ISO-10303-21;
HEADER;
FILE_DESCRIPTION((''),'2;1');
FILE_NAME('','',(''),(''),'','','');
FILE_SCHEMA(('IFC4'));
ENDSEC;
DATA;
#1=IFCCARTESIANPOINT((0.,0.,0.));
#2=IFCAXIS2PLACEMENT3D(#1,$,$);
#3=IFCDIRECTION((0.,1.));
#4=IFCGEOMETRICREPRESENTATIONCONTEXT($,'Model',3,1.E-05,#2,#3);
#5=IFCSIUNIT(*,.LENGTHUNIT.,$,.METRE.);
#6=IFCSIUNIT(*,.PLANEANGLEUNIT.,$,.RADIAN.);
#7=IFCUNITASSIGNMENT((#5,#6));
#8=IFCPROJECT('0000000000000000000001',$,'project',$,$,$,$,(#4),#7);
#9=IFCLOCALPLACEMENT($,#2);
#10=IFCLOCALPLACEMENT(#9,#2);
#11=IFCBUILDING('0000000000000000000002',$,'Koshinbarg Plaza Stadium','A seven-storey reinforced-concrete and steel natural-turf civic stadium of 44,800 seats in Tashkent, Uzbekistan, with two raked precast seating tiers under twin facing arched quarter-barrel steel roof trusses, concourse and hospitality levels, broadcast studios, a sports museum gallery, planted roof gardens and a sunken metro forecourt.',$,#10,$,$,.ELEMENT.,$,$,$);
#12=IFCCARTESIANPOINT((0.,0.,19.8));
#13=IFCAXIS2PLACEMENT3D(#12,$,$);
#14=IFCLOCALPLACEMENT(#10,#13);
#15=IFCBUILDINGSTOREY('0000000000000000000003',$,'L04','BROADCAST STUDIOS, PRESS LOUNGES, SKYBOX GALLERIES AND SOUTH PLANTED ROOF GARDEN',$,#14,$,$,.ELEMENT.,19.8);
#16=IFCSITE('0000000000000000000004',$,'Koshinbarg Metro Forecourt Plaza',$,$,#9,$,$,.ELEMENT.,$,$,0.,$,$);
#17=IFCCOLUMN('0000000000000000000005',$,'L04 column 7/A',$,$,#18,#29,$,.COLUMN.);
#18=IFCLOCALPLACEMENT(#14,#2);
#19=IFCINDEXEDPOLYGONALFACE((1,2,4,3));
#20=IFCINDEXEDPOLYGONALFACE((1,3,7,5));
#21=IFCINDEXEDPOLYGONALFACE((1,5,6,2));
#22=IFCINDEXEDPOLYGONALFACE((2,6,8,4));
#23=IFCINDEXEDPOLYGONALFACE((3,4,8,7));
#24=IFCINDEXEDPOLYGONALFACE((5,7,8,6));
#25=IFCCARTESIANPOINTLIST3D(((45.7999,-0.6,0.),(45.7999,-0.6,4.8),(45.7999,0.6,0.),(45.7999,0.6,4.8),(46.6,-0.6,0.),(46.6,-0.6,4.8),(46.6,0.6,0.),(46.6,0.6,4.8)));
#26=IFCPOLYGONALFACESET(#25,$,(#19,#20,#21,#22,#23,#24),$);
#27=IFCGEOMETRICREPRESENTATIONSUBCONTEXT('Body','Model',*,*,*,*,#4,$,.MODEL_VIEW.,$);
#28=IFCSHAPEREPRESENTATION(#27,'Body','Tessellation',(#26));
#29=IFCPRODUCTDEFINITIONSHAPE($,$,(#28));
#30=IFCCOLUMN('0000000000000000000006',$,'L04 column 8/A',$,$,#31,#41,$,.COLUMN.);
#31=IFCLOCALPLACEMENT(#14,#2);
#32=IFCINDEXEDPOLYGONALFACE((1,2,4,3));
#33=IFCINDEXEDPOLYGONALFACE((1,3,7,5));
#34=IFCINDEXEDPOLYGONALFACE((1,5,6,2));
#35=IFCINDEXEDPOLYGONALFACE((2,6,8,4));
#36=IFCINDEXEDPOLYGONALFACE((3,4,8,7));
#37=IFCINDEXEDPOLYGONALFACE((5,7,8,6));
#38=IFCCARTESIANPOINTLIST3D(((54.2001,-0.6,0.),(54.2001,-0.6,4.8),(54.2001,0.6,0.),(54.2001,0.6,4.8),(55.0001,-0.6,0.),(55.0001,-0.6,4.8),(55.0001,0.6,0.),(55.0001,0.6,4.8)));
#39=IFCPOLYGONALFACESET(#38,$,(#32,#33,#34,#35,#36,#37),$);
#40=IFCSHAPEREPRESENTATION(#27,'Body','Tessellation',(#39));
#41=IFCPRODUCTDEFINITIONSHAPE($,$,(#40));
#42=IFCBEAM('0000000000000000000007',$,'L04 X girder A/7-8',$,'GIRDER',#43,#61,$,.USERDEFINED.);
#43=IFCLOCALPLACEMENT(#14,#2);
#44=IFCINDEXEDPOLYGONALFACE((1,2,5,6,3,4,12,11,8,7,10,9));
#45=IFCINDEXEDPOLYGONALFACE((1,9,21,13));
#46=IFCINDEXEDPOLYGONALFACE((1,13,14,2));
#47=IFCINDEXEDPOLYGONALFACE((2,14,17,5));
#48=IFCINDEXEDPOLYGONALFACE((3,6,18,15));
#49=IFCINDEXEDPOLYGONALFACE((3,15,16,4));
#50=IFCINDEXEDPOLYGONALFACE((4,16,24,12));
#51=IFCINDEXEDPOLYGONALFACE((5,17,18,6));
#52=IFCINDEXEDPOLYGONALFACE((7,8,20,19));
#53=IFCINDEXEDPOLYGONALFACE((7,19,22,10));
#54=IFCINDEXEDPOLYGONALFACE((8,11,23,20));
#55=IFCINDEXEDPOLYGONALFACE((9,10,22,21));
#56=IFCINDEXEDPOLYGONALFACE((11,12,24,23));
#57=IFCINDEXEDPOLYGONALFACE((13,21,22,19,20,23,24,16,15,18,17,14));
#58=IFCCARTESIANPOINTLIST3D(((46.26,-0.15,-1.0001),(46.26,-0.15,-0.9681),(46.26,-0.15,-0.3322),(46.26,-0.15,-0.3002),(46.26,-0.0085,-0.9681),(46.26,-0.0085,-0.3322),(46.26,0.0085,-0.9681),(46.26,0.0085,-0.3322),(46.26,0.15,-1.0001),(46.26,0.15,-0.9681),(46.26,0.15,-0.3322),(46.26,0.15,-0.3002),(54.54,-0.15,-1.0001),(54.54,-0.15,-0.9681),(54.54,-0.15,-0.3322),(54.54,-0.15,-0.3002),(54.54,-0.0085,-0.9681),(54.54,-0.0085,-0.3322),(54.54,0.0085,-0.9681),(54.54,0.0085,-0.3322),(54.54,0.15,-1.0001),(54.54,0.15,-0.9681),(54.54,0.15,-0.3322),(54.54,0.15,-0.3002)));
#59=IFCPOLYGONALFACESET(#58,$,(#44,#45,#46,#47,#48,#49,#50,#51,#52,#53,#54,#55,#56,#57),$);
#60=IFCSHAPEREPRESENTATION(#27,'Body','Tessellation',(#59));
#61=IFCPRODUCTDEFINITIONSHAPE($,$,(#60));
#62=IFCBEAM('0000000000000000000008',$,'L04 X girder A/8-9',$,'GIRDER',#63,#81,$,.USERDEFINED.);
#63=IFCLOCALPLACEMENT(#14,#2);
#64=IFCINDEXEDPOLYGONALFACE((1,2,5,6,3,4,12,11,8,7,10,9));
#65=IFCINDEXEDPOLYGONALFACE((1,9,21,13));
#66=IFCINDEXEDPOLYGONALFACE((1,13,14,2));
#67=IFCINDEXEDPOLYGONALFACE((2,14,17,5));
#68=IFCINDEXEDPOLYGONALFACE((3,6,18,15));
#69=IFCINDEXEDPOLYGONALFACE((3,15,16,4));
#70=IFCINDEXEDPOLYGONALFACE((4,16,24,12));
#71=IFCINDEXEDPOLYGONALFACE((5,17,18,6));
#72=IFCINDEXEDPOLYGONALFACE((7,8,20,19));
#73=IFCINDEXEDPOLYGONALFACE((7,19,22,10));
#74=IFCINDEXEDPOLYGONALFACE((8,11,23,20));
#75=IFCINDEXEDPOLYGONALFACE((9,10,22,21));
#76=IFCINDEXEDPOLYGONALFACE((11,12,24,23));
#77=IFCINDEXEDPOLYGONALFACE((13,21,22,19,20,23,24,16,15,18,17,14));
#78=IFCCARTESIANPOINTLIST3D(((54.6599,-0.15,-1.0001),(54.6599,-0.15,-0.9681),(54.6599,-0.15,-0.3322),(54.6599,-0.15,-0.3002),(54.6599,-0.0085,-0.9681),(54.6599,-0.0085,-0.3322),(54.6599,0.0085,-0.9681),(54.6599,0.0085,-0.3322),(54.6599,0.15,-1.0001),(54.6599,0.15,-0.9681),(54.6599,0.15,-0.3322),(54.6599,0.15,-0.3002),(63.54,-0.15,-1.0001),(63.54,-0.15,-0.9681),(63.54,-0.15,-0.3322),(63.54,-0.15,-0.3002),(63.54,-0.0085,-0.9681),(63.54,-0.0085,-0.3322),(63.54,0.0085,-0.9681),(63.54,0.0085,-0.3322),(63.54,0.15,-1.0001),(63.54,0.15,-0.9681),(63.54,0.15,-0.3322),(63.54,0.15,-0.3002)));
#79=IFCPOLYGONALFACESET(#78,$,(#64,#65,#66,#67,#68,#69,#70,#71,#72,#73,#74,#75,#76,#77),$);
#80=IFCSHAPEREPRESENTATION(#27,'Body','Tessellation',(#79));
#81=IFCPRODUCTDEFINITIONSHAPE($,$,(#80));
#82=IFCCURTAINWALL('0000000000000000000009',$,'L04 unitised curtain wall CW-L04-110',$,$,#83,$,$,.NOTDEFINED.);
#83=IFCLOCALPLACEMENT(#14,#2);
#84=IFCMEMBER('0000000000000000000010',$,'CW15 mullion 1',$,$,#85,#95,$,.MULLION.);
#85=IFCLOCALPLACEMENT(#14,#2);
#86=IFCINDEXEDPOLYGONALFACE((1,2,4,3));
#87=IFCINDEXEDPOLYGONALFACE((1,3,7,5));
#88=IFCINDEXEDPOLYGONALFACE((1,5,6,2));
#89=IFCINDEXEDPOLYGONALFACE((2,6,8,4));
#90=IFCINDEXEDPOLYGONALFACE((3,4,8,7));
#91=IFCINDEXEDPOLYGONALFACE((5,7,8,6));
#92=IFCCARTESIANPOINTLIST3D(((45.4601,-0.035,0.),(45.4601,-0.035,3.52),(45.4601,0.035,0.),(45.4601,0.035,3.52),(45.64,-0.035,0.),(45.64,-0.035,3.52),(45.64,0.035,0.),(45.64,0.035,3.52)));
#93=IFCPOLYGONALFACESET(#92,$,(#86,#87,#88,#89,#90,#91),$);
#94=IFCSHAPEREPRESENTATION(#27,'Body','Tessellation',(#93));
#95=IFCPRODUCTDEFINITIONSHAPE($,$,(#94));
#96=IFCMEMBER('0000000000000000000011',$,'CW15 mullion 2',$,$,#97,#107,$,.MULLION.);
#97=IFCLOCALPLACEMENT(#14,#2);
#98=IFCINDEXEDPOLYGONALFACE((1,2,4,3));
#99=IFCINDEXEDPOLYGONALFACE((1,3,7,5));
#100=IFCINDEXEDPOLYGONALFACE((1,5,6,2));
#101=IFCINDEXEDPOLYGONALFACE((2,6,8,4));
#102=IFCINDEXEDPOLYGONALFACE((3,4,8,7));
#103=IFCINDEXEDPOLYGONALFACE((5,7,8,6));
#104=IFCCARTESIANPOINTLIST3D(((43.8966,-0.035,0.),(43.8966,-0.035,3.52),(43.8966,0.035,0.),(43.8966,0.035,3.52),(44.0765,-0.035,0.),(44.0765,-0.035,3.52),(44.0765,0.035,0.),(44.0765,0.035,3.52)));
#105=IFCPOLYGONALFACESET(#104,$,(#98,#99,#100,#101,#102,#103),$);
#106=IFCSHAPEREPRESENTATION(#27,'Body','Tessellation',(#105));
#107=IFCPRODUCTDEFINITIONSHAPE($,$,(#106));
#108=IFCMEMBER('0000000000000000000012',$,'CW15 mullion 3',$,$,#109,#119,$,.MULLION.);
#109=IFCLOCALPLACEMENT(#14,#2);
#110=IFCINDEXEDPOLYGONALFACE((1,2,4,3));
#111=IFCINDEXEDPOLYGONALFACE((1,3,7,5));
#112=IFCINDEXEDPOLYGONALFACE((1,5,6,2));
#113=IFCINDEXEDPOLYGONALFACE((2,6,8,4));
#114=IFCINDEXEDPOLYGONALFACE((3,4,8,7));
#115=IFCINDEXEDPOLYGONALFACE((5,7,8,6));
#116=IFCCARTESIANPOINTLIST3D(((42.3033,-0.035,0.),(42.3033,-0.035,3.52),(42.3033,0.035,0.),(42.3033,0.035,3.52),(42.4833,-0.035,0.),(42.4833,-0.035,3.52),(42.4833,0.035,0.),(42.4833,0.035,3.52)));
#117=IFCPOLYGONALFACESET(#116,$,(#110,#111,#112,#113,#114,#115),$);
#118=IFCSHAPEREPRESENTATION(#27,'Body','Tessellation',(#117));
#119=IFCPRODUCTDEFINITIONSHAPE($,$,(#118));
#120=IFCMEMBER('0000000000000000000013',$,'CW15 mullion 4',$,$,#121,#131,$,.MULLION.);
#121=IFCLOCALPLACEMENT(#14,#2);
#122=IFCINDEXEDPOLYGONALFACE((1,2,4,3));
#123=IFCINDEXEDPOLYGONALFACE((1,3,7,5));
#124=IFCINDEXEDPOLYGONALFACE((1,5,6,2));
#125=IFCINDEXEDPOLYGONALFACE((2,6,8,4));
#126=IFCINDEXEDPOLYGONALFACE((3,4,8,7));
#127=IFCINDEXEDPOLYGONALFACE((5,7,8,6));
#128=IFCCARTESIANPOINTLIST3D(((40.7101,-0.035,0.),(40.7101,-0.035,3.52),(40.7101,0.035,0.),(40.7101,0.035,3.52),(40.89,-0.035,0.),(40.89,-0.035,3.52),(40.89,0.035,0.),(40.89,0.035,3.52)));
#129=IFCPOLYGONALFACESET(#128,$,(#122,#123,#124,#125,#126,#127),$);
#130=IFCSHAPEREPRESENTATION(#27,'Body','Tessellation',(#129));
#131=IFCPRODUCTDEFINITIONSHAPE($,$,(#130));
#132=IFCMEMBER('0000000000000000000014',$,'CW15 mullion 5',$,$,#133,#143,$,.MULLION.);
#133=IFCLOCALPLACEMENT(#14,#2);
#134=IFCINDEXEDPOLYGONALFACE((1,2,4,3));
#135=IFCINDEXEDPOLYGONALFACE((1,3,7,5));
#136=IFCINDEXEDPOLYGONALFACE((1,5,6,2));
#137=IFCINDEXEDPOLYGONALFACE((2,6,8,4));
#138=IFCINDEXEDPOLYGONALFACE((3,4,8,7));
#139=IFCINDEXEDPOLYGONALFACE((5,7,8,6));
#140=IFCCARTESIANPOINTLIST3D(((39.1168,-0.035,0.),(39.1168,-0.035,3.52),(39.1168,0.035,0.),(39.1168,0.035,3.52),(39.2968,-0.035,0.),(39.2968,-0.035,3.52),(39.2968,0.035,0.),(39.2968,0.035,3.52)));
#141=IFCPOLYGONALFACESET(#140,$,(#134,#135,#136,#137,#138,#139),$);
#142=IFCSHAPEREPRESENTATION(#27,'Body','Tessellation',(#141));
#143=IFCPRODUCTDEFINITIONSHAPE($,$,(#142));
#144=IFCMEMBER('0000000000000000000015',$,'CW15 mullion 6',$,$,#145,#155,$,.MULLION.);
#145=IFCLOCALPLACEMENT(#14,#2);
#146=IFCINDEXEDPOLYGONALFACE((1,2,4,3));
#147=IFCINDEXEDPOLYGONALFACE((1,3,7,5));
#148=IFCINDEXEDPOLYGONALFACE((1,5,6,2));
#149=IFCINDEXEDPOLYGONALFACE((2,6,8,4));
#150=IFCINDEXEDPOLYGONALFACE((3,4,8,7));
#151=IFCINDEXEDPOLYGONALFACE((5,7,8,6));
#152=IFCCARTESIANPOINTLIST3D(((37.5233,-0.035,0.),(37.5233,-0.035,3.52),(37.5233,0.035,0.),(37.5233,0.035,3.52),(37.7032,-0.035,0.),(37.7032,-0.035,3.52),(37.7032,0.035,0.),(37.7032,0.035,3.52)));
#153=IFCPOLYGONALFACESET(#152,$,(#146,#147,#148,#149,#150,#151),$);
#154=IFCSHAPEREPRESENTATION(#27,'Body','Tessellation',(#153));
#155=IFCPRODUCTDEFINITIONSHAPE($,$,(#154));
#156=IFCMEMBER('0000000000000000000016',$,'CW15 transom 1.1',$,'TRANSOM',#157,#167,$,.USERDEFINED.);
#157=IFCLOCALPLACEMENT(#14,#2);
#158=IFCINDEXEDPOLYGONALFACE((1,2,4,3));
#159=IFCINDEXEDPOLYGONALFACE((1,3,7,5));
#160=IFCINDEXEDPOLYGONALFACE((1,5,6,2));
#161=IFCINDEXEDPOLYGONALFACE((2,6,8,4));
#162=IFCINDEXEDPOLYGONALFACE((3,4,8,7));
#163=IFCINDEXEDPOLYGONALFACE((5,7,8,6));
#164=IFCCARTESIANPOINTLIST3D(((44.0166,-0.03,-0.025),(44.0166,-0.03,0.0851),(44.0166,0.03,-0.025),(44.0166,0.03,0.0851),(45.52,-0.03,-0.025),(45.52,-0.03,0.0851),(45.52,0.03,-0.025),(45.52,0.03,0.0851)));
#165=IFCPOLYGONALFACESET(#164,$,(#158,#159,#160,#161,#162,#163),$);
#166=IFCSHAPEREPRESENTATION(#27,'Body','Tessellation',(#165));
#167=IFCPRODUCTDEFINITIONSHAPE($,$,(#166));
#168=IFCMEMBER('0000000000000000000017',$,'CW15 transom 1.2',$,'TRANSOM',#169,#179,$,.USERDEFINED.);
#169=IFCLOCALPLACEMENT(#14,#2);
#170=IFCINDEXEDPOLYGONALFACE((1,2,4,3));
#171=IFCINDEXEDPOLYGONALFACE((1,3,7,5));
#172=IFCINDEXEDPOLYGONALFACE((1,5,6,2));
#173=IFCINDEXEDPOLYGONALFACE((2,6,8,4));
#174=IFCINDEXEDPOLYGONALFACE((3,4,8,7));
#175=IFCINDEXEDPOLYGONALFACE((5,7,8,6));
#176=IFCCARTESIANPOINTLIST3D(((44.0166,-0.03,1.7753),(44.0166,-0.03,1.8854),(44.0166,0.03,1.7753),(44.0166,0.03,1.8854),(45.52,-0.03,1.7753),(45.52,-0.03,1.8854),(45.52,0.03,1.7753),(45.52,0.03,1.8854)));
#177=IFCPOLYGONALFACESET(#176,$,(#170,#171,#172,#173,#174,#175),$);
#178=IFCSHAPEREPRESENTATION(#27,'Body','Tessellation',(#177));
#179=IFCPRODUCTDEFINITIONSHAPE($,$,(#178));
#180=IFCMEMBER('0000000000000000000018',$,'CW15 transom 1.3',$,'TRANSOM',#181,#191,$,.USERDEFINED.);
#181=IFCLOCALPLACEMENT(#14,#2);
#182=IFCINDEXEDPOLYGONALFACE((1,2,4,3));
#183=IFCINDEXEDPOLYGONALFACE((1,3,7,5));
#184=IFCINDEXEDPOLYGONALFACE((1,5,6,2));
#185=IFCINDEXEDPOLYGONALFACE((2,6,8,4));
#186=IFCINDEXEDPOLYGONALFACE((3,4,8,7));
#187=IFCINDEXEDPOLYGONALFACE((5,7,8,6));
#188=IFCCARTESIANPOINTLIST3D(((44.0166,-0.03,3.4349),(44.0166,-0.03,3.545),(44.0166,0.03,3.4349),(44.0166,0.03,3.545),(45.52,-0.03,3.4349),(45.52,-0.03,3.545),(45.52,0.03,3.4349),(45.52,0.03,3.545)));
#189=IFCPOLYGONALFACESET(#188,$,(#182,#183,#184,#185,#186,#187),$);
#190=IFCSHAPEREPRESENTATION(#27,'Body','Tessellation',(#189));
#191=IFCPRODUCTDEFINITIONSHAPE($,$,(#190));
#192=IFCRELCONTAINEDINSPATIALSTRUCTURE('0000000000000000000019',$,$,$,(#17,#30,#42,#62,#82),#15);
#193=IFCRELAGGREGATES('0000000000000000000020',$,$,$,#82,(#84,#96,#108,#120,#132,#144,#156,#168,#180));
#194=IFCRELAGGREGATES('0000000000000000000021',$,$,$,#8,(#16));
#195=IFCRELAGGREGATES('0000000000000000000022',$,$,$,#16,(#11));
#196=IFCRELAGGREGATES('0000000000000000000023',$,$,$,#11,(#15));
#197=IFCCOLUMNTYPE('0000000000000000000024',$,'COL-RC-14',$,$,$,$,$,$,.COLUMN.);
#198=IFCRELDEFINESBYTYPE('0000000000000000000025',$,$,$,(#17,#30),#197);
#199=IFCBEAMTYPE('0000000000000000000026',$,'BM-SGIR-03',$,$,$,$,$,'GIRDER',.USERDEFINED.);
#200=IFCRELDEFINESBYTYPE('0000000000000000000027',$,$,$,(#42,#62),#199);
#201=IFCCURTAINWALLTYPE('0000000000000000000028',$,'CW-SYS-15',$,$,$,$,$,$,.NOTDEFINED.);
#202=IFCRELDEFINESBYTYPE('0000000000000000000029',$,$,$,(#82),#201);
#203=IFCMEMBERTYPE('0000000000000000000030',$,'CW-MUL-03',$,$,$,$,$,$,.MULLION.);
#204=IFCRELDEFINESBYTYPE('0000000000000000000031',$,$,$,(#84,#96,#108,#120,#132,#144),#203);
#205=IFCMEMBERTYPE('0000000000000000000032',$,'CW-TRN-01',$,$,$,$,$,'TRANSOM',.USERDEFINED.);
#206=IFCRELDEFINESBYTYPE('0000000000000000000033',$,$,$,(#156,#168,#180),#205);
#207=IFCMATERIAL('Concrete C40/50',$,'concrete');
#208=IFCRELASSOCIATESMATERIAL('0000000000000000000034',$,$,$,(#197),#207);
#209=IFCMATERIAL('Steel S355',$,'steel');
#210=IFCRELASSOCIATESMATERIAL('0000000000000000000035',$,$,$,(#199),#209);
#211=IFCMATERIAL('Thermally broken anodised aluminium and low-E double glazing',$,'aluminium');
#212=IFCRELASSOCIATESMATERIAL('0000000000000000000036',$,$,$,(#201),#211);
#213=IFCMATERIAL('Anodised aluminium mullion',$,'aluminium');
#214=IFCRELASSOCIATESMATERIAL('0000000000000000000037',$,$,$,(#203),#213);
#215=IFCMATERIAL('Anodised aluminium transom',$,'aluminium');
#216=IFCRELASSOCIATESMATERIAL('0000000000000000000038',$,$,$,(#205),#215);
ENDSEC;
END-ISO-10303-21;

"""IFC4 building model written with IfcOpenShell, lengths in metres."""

from ifc_helpers import new_model, si_unit, direction, frame, origin, origin_2d, place, context, subcontext, project, spatial, rectangle, i_section, extrude, material, material_profile, profile_set, type_object, element, aggregate, save


model = new_model("IFC4")

# Units and contexts
model_context = context("Model", 3, precision=1e-05, world=origin(), true_north=direction((0.0, 1.0)))
body_context = subcontext(model_context, "Body", "Model", "MODEL_VIEW")
ifc_project = project(units=[si_unit("LENGTHUNIT", "METRE"), si_unit("PLANEANGLEUNIT", "RADIAN")], contexts=[model_context])

# Site, building, storey
site_placement = place(None, origin())
site = spatial("IfcSite", under=ifc_project, at=site_placement, Name="Koshinbarg Metro Forecourt Plaza", CompositionType="ELEMENT", RefElevation=0.0)
building_placement = place(site_placement, origin())
building = spatial("IfcBuilding", under=site, at=building_placement, Name="Koshinbarg Plaza Stadium", Description="A seven-storey reinforced-concrete and steel natural-turf civic stadium of 44,800 seats in Tashkent, Uzbekistan, with two raked precast seating tiers under twin facing arched quarter-barrel steel roof trusses, concourse and hospitality levels, broadcast studios, a sports museum gallery, planted roof gardens and a sunken metro forecourt.", CompositionType="ELEMENT")
storey_placement = place(building_placement, frame((0.0, 0.0, 19.8)))
storey = spatial("IfcBuildingStorey", under=building, at=storey_placement, Name="L04", Description="BROADCAST STUDIOS, PRESS LOUNGES, SKYBOX GALLERIES AND SOUTH PLANTED ROOF GARDEN", CompositionType="ELEMENT", Elevation=19.8)

# Columns
ifc_material_1 = material(Name="Concrete C40/50", Category="concrete")
ifc_material_profile_1 = material_profile(ifc_material_1, rectangle(XDim=0.8, YDim=1.2, at=origin_2d()), Name="RC 800x1200")
ifc_profile_set_1 = profile_set([ifc_material_profile_1], Name="Concrete C40/50")
column_type = type_object("IfcColumnType", Name="COL-RC-14", PredefinedType="COLUMN", material=ifc_profile_set_1)
for number, where, z_axis, x_axis, name in (
    (1, (46.2, 0.0, 0.0), (0.0, 0.0, 1.0), (1.0, 0.0, 0.0), "L04 column 7/A"),
    (2, (54.6001, 0.0, 0.0), (0.0, 0.0, 1.0), (1.0, 0.0, 0.0), "L04 column 8/A"),
):
    element("IfcColumn", number, at=place(storey_placement, frame(where, z_axis=z_axis, x_axis=x_axis)), inside=storey, type_object=column_type, Name=name, PredefinedType="COLUMN", context=body_context, shape_type="SweptSolid", body=[
        extrude(rectangle(XDim=0.8, YDim=1.2, at=origin_2d()), origin(), (0.0, 0.0, 1.0), 4.8),
    ])

# Beams
ifc_material_2 = material(Name="Steel S355", Category="steel")
ifc_material_profile_2 = material_profile(ifc_material_2, i_section(OverallWidth=0.3, OverallDepth=0.7, WebThickness=0.0171, FlangeThickness=0.032, at=origin_2d()), Name="HEB 700")
ifc_profile_set_2 = profile_set([ifc_material_profile_2], Name="Steel S355")
beam_type = type_object("IfcBeamType", Name="BM-SGIR-03", ElementType="GIRDER", PredefinedType="USERDEFINED", material=ifc_profile_set_2)
beam_1_placement = place(storey_placement, frame((46.26, 0.0, -0.6501), z_axis=(1.0, 0.0, 0.0), x_axis=(0.0, 1.0, 0.0)))
element("IfcBeam", 3, at=beam_1_placement, inside=storey, type_object=beam_type, Name="L04 X girder A/7-8", ObjectType="GIRDER", PredefinedType="USERDEFINED", context=body_context, shape_type="SweptSolid", body=[
    extrude(i_section(OverallWidth=0.3, OverallDepth=0.7, WebThickness=0.0171, FlangeThickness=0.032, at=origin_2d()), origin(), (0.0, 0.0, 1.0), 8.28),
])
beam_2_placement = place(storey_placement, frame((54.6599, 0.0, -0.6501), z_axis=(1.0, 0.0, 0.0), x_axis=(0.0, 1.0, 0.0)))
element("IfcBeam", 4, at=beam_2_placement, inside=storey, type_object=beam_type, Name="L04 X girder A/8-9", ObjectType="GIRDER", PredefinedType="USERDEFINED", context=body_context, shape_type="SweptSolid", body=[
    extrude(i_section(OverallWidth=0.3, OverallDepth=0.7, WebThickness=0.0171, FlangeThickness=0.032, at=origin_2d()), origin(), (0.0, 0.0, 1.0), 8.8801),
])

# Curtain wall, members
ifc_material_3 = material(Name="Thermally broken anodised aluminium and low-E double glazing", Category="aluminium")
curtain_wall_type = type_object("IfcCurtainWallType", Name="CW-SYS-15", PredefinedType="NOTDEFINED", material=ifc_material_3)
curtain_wall_placement = place(storey_placement, origin())
curtain_wall = element("IfcCurtainWall", 5, at=curtain_wall_placement, inside=storey, type_object=curtain_wall_type, Name="L04 unitised curtain wall CW-L04-110", PredefinedType="NOTDEFINED")
ifc_material_4 = material(Name="Anodised aluminium mullion", Category="aluminium")
ifc_material_profile_3 = material_profile(ifc_material_4, rectangle(XDim=0.0701, YDim=0.1799, at=origin_2d()), Name="ALU 70x180")
ifc_profile_set_3 = profile_set([ifc_material_profile_3], Name="Anodised aluminium mullion")
member_type_1 = type_object("IfcMemberType", Name="CW-MUL-03", PredefinedType="MULLION", material=ifc_profile_set_3)
member_1_placement = place(storey_placement, frame((45.55, 0.0, 0.0), z_axis=(0.0, 0.0, 1.0), x_axis=(0.0, -1.0, 0.0)))
member_1 = element("IfcMember", 6, at=member_1_placement, type_object=member_type_1, Name="CW15 mullion 1", PredefinedType="MULLION", context=body_context, shape_type="SweptSolid", body=[
    extrude(rectangle(XDim=0.0701, YDim=0.1799, at=origin_2d()), origin(), (0.0, 0.0, 1.0), 3.52),
])
member_2_placement = place(storey_placement, frame((43.9866, 0.0, 0.0), z_axis=(0.0, 0.0, 1.0), x_axis=(0.0, -1.0, 0.0)))
member_2 = element("IfcMember", 7, at=member_2_placement, type_object=member_type_1, Name="CW15 mullion 2", PredefinedType="MULLION", context=body_context, shape_type="SweptSolid", body=[
    extrude(rectangle(XDim=0.0701, YDim=0.1799, at=origin_2d()), origin(), (0.0, 0.0, 1.0), 3.52),
])
member_3_placement = place(storey_placement, frame((42.3933, 0.0, 0.0), z_axis=(0.0, 0.0, 1.0), x_axis=(0.0, -1.0, 0.0)))
member_3 = element("IfcMember", 8, at=member_3_placement, type_object=member_type_1, Name="CW15 mullion 3", PredefinedType="MULLION", context=body_context, shape_type="SweptSolid", body=[
    extrude(rectangle(XDim=0.0701, YDim=0.1799, at=origin_2d()), origin(), (0.0, 0.0, 1.0), 3.52),
])
member_4_placement = place(storey_placement, frame((40.8, 0.0, 0.0), z_axis=(0.0, 0.0, 1.0), x_axis=(0.0, -1.0, 0.0)))
member_4 = element("IfcMember", 9, at=member_4_placement, type_object=member_type_1, Name="CW15 mullion 4", PredefinedType="MULLION", context=body_context, shape_type="SweptSolid", body=[
    extrude(rectangle(XDim=0.0701, YDim=0.1799, at=origin_2d()), origin(), (0.0, 0.0, 1.0), 3.52),
])
member_5_placement = place(storey_placement, frame((39.2068, 0.0, 0.0), z_axis=(0.0, 0.0, 1.0), x_axis=(0.0, -1.0, 0.0)))
member_5 = element("IfcMember", 10, at=member_5_placement, type_object=member_type_1, Name="CW15 mullion 5", PredefinedType="MULLION", context=body_context, shape_type="SweptSolid", body=[
    extrude(rectangle(XDim=0.0701, YDim=0.1799, at=origin_2d()), origin(), (0.0, 0.0, 1.0), 3.52),
])
member_6_placement = place(storey_placement, frame((37.6133, 0.0, 0.0), z_axis=(0.0, 0.0, 1.0), x_axis=(0.0, -1.0, 0.0)))
member_6 = element("IfcMember", 11, at=member_6_placement, type_object=member_type_1, Name="CW15 mullion 6", PredefinedType="MULLION", context=body_context, shape_type="SweptSolid", body=[
    extrude(rectangle(XDim=0.0701, YDim=0.1799, at=origin_2d()), origin(), (0.0, 0.0, 1.0), 3.52),
])
ifc_material_5 = material(Name="Anodised aluminium transom", Category="aluminium")
ifc_material_profile_4 = material_profile(ifc_material_5, rectangle(XDim=0.0601, YDim=0.1101, at=origin_2d()), Name="ALU 60x110")
ifc_profile_set_4 = profile_set([ifc_material_profile_4], Name="Anodised aluminium transom")
member_type_2 = type_object("IfcMemberType", Name="CW-TRN-01", ElementType="TRANSOM", PredefinedType="USERDEFINED", material=ifc_profile_set_4)
member_7_placement = place(storey_placement, frame((45.52, 0.0, 0.03), z_axis=(-1.0, 0.0, 0.0), x_axis=(0.0, -1.0, 0.0)))
member_7 = element("IfcMember", 12, at=member_7_placement, type_object=member_type_2, Name="CW15 transom 1.1", ObjectType="TRANSOM", PredefinedType="USERDEFINED", context=body_context, shape_type="SweptSolid", body=[
    extrude(rectangle(XDim=0.0601, YDim=0.1101, at=origin_2d()), origin(), (0.0, 0.0, 1.0), 1.5034),
])
member_8_placement = place(storey_placement, frame((45.52, 0.0, 1.8303), z_axis=(-1.0, 0.0, 0.0), x_axis=(0.0, -1.0, 0.0)))
member_8 = element("IfcMember", 13, at=member_8_placement, type_object=member_type_2, Name="CW15 transom 1.2", ObjectType="TRANSOM", PredefinedType="USERDEFINED", context=body_context, shape_type="SweptSolid", body=[
    extrude(rectangle(XDim=0.0601, YDim=0.1101, at=origin_2d()), origin(), (0.0, 0.0, 1.0), 1.5034),
])
member_9_placement = place(storey_placement, frame((45.52, 0.0, 3.49), z_axis=(-1.0, 0.0, 0.0), x_axis=(0.0, -1.0, 0.0)))
member_9 = element("IfcMember", 14, at=member_9_placement, type_object=member_type_2, Name="CW15 transom 1.3", ObjectType="TRANSOM", PredefinedType="USERDEFINED", context=body_context, shape_type="SweptSolid", body=[
    extrude(rectangle(XDim=0.0601, YDim=0.1101, at=origin_2d()), origin(), (0.0, 0.0, 1.0), 1.5034),
])
aggregate(curtain_wall, [member_1, member_2, member_3, member_4, member_5, member_6, member_7, member_8, member_9])

save(model, "model.ifc")
